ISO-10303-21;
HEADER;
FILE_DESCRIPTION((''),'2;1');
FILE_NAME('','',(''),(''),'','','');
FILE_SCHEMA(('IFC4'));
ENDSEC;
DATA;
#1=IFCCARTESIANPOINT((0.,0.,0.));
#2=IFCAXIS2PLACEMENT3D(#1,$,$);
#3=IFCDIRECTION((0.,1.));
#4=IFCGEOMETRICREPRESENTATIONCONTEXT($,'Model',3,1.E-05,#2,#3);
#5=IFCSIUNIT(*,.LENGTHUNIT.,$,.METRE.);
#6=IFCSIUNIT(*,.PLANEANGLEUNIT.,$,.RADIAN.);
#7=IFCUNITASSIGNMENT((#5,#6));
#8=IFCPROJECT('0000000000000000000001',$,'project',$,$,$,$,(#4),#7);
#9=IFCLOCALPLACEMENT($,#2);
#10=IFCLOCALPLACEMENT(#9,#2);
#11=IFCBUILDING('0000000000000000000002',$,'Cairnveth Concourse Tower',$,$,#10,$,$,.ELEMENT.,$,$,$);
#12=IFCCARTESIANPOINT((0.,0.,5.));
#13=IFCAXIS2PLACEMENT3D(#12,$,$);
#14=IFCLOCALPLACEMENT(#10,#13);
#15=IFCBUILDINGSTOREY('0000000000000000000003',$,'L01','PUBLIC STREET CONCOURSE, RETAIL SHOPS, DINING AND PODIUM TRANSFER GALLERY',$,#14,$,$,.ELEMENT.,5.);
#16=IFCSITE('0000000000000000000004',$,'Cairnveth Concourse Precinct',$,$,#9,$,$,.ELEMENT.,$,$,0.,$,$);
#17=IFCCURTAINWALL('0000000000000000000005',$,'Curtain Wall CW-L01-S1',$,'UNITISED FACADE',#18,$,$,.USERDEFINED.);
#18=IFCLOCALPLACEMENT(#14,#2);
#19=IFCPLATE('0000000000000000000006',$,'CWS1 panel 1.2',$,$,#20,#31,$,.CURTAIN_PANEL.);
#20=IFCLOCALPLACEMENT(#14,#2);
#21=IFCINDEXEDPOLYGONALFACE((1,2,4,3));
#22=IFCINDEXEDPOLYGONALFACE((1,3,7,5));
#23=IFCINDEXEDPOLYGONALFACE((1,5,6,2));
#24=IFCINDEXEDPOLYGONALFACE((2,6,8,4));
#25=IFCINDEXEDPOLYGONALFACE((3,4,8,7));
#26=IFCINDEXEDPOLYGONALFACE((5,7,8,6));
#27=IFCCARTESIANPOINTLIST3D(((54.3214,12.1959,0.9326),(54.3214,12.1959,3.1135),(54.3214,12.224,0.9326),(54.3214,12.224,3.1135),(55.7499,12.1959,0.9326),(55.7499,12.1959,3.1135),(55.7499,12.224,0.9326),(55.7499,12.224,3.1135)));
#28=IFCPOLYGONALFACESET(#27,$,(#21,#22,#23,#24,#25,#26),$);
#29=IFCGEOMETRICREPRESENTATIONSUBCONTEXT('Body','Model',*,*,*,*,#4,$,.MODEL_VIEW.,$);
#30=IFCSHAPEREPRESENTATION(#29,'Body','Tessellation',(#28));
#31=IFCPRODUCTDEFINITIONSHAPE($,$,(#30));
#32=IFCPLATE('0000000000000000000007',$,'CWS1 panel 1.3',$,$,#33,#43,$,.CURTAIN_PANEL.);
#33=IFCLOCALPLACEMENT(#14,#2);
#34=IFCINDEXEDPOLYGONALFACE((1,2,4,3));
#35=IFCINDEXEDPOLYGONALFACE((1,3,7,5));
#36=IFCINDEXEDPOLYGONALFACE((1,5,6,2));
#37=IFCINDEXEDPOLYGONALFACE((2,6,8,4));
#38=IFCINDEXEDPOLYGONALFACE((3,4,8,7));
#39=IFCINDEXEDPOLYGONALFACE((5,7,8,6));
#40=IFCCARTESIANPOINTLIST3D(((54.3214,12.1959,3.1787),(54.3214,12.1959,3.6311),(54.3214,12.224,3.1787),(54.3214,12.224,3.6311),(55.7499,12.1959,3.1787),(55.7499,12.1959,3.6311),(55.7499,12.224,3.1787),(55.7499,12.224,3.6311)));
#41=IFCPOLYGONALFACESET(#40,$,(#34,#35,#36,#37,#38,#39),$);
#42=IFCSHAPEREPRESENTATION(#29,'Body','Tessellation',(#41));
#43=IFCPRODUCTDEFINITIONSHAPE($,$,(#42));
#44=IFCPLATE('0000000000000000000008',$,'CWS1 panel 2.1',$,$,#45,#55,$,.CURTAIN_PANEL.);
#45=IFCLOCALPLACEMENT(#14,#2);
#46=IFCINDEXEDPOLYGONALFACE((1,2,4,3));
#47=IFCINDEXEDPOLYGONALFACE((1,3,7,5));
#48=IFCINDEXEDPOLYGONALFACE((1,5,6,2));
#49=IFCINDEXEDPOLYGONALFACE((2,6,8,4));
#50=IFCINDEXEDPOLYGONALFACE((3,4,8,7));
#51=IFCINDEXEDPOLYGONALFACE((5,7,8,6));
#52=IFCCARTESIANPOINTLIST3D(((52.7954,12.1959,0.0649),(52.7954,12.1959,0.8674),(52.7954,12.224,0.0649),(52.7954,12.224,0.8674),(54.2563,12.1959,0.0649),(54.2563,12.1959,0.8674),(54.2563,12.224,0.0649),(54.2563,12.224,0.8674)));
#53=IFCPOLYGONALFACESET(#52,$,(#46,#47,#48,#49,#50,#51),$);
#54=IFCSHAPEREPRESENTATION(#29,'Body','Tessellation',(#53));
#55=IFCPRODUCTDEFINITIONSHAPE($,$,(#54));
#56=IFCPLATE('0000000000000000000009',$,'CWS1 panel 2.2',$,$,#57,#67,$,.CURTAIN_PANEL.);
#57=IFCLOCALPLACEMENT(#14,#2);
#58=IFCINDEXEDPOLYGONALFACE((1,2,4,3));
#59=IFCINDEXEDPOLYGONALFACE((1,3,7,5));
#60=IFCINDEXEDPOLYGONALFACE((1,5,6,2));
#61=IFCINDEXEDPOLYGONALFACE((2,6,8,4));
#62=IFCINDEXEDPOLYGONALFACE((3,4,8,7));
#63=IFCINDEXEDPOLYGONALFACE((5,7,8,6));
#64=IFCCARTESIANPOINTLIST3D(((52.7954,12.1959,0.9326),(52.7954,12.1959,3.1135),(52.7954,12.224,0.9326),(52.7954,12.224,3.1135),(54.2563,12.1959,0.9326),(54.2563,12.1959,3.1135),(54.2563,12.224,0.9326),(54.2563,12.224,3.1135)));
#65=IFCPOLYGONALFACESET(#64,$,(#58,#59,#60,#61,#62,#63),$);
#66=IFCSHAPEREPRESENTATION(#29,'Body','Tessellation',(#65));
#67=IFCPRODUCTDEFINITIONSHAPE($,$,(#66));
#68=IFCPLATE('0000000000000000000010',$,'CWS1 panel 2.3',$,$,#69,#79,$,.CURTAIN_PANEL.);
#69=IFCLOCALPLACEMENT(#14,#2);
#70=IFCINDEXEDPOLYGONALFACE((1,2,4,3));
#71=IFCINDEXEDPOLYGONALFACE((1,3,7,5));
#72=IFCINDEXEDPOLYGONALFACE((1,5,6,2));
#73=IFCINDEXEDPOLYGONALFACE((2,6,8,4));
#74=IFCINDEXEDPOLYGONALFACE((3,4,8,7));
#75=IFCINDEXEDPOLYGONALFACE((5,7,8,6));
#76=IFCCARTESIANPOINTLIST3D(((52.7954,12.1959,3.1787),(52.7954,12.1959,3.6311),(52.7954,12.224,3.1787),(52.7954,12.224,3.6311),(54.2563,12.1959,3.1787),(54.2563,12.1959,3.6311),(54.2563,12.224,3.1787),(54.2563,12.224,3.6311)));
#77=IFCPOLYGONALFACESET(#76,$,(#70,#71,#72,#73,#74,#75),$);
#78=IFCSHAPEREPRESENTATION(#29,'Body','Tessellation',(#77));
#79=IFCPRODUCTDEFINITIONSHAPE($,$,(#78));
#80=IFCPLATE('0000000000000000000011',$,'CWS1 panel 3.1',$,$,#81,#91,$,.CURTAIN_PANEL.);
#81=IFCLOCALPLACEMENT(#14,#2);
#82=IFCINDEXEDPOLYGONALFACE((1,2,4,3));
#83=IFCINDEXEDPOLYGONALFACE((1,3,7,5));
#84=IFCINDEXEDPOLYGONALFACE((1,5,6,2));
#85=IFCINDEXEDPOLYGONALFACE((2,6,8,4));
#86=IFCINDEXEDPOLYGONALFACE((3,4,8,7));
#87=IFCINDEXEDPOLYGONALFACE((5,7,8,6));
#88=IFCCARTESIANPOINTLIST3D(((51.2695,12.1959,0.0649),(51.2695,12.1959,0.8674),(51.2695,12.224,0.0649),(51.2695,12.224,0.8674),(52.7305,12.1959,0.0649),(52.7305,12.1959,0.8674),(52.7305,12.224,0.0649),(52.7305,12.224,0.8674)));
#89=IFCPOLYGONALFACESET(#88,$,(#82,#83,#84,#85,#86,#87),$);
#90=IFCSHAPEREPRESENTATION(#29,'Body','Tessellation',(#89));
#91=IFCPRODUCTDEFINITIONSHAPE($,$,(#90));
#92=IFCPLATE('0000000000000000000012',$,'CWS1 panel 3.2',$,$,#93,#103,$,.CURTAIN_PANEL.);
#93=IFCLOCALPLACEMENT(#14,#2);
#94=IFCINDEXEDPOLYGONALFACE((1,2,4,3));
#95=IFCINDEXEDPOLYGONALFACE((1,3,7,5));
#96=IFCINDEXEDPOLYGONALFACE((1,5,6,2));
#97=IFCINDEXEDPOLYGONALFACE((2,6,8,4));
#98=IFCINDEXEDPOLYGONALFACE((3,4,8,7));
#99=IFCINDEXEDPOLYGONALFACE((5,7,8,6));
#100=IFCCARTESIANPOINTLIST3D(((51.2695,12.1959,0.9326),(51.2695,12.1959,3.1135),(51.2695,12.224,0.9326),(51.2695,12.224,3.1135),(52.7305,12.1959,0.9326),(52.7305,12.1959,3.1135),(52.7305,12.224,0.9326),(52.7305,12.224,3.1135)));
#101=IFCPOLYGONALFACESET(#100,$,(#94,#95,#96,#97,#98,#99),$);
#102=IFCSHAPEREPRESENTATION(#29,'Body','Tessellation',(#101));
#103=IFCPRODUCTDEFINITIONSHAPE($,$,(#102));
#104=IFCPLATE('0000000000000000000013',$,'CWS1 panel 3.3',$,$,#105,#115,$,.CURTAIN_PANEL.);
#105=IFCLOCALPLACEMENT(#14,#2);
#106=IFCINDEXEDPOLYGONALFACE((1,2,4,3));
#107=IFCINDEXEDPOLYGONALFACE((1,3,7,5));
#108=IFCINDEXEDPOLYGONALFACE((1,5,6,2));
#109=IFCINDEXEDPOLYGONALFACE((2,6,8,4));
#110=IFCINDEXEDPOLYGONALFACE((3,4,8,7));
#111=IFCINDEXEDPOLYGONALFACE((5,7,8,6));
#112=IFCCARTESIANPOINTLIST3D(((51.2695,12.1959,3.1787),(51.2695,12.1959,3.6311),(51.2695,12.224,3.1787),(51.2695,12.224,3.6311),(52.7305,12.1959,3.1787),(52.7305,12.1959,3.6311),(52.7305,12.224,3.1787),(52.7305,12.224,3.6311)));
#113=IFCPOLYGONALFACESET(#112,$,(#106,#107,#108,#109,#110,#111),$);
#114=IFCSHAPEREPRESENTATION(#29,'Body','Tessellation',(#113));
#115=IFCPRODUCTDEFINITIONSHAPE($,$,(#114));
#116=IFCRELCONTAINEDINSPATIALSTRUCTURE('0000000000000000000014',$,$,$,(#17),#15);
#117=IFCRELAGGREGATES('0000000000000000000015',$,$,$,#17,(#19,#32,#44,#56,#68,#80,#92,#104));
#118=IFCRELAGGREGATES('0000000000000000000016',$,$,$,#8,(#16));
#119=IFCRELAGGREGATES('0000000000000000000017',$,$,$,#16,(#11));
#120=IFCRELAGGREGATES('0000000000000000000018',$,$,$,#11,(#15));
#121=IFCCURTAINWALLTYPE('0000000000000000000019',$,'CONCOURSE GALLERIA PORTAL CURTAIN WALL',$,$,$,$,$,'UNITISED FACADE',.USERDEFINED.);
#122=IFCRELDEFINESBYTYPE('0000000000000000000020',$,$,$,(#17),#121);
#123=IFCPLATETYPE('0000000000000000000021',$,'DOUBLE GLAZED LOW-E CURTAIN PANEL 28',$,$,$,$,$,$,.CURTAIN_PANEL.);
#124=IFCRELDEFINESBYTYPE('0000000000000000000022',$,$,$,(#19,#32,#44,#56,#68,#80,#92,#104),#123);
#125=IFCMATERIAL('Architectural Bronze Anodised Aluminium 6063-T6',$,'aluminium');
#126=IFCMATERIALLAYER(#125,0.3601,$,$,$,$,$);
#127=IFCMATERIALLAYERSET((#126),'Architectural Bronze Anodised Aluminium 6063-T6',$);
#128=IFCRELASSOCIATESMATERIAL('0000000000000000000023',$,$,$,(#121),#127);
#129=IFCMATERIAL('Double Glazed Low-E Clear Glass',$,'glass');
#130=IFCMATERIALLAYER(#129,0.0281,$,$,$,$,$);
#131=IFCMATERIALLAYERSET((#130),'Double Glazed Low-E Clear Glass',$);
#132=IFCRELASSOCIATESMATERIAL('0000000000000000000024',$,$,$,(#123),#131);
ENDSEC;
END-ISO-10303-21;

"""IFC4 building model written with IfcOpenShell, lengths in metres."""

from ifc_helpers import new_model, si_unit, direction, frame, origin, origin_2d, place, context, subcontext, project, spatial, rectangle, extrude, material, layer, layer_set, type_object, element, aggregate, save


model = new_model("IFC4")

# Units and contexts
model_context = context("Model", 3, precision=1e-05, world=origin(), true_north=direction((0.0, 1.0)))
body_context = subcontext(model_context, "Body", "Model", "MODEL_VIEW")
ifc_project = project(units=[si_unit("LENGTHUNIT", "METRE"), si_unit("PLANEANGLEUNIT", "RADIAN")], contexts=[model_context])

# Site, building, storey
site_placement = place(None, origin())
site = spatial("IfcSite", under=ifc_project, at=site_placement, Name="Cairnveth Concourse Precinct", CompositionType="ELEMENT", RefElevation=0.0)
building_placement = place(site_placement, origin())
building = spatial("IfcBuilding", under=site, at=building_placement, Name="Cairnveth Concourse Tower", CompositionType="ELEMENT")
storey_placement = place(building_placement, frame((0.0, 0.0, 5.0)))
storey = spatial("IfcBuildingStorey", under=building, at=storey_placement, Name="L01", Description="PUBLIC STREET CONCOURSE, RETAIL SHOPS, DINING AND PODIUM TRANSFER GALLERY", CompositionType="ELEMENT", Elevation=5.0)

# Curtain wall, plates
ifc_material_1 = material(Name="Architectural Bronze Anodised Aluminium 6063-T6", Category="aluminium")
ifc_layer_1 = layer(ifc_material_1, 0.3601)
ifc_layer_set_1 = layer_set([ifc_layer_1], Name="Architectural Bronze Anodised Aluminium 6063-T6")
curtain_wall_type = type_object("IfcCurtainWallType", Name="CONCOURSE GALLERIA PORTAL CURTAIN WALL", ElementType="UNITISED FACADE", PredefinedType="USERDEFINED", material=ifc_layer_set_1)
curtain_wall_placement = place(storey_placement, origin())
curtain_wall = element("IfcCurtainWall", 1, at=curtain_wall_placement, inside=storey, type_object=curtain_wall_type, Name="Curtain Wall CW-L01-S1", ObjectType="UNITISED FACADE", PredefinedType="USERDEFINED")
ifc_material_2 = material(Name="Double Glazed Low-E Clear Glass", Category="glass")
ifc_layer_2 = layer(ifc_material_2, 0.0281)
ifc_layer_set_2 = layer_set([ifc_layer_2], Name="Double Glazed Low-E Clear Glass")
plate_type = type_object("IfcPlateType", Name="DOUBLE GLAZED LOW-E CURTAIN PANEL 28", PredefinedType="CURTAIN_PANEL", material=ifc_layer_set_2)
plate_1_placement = place(storey_placement, frame((55.0356, 12.21, 0.9326), z_axis=(0.0, 0.0, 1.0), x_axis=(-1.0, 0.0, 0.0)))
plate_1 = element("IfcPlate", 2, at=plate_1_placement, type_object=plate_type, Name="CWS1 panel 1.2", PredefinedType="CURTAIN_PANEL", context=body_context, shape_type="SweptSolid", body=[
    extrude(rectangle(XDim=1.4285, YDim=0.0281, at=origin_2d()), origin(), (0.0, 0.0, 1.0), 2.1809),
])
plate_2_placement = place(storey_placement, frame((55.0356, 12.21, 3.1787), z_axis=(0.0, 0.0, 1.0), x_axis=(-1.0, 0.0, 0.0)))
plate_2 = element("IfcPlate", 3, at=plate_2_placement, type_object=plate_type, Name="CWS1 panel 1.3", PredefinedType="CURTAIN_PANEL", context=body_context, shape_type="SweptSolid", body=[
    extrude(rectangle(XDim=1.4285, YDim=0.0281, at=origin_2d()), origin(), (0.0, 0.0, 1.0), 0.4524),
])
plate_3_placement = place(storey_placement, frame((53.5259, 12.21, 0.0649), z_axis=(0.0, 0.0, 1.0), x_axis=(-1.0, 0.0, 0.0)))
plate_3 = element("IfcPlate", 4, at=plate_3_placement, type_object=plate_type, Name="CWS1 panel 2.1", PredefinedType="CURTAIN_PANEL", context=body_context, shape_type="SweptSolid", body=[
    extrude(rectangle(XDim=1.4609, YDim=0.0281, at=origin_2d()), origin(), (0.0, 0.0, 1.0), 0.8025),
])
plate_4_placement = place(storey_placement, frame((53.5259, 12.21, 0.9326), z_axis=(0.0, 0.0, 1.0), x_axis=(-1.0, 0.0, 0.0)))
plate_4 = element("IfcPlate", 5, at=plate_4_placement, type_object=plate_type, Name="CWS1 panel 2.2", PredefinedType="CURTAIN_PANEL", context=body_context, shape_type="SweptSolid", body=[
    extrude(rectangle(XDim=1.4609, YDim=0.0281, at=origin_2d()), origin(), (0.0, 0.0, 1.0), 2.1809),
])
plate_5_placement = place(storey_placement, frame((53.5259, 12.21, 3.1787), z_axis=(0.0, 0.0, 1.0), x_axis=(-1.0, 0.0, 0.0)))
plate_5 = element("IfcPlate", 6, at=plate_5_placement, type_object=plate_type, Name="CWS1 panel 2.3", PredefinedType="CURTAIN_PANEL", context=body_context, shape_type="SweptSolid", body=[
    extrude(rectangle(XDim=1.4609, YDim=0.0281, at=origin_2d()), origin(), (0.0, 0.0, 1.0), 0.4524),
])
plate_6_placement = place(storey_placement, frame((52.0, 12.21, 0.0649), z_axis=(0.0, 0.0, 1.0), x_axis=(-1.0, 0.0, 0.0)))
plate_6 = element("IfcPlate", 7, at=plate_6_placement, type_object=plate_type, Name="CWS1 panel 3.1", PredefinedType="CURTAIN_PANEL", context=body_context, shape_type="SweptSolid", body=[
    extrude(rectangle(XDim=1.4609, YDim=0.0281, at=origin_2d()), origin(), (0.0, 0.0, 1.0), 0.8025),
])
plate_7_placement = place(storey_placement, frame((52.0, 12.21, 0.9326), z_axis=(0.0, 0.0, 1.0), x_axis=(-1.0, 0.0, 0.0)))
plate_7 = element("IfcPlate", 8, at=plate_7_placement, type_object=plate_type, Name="CWS1 panel 3.2", PredefinedType="CURTAIN_PANEL", context=body_context, shape_type="SweptSolid", body=[
    extrude(rectangle(XDim=1.4609, YDim=0.0281, at=origin_2d()), origin(), (0.0, 0.0, 1.0), 2.1809),
])
plate_8_placement = place(storey_placement, frame((52.0, 12.21, 3.1787), z_axis=(0.0, 0.0, 1.0), x_axis=(-1.0, 0.0, 0.0)))
plate_8 = element("IfcPlate", 9, at=plate_8_placement, type_object=plate_type, Name="CWS1 panel 3.3", PredefinedType="CURTAIN_PANEL", context=body_context, shape_type="SweptSolid", body=[
    extrude(rectangle(XDim=1.4609, YDim=0.0281, at=origin_2d()), origin(), (0.0, 0.0, 1.0), 0.4524),
])
aggregate(curtain_wall, [plate_1, plate_2, plate_3, plate_4, plate_5, plate_6, plate_7, plate_8])

save(model, "model.ifc")
